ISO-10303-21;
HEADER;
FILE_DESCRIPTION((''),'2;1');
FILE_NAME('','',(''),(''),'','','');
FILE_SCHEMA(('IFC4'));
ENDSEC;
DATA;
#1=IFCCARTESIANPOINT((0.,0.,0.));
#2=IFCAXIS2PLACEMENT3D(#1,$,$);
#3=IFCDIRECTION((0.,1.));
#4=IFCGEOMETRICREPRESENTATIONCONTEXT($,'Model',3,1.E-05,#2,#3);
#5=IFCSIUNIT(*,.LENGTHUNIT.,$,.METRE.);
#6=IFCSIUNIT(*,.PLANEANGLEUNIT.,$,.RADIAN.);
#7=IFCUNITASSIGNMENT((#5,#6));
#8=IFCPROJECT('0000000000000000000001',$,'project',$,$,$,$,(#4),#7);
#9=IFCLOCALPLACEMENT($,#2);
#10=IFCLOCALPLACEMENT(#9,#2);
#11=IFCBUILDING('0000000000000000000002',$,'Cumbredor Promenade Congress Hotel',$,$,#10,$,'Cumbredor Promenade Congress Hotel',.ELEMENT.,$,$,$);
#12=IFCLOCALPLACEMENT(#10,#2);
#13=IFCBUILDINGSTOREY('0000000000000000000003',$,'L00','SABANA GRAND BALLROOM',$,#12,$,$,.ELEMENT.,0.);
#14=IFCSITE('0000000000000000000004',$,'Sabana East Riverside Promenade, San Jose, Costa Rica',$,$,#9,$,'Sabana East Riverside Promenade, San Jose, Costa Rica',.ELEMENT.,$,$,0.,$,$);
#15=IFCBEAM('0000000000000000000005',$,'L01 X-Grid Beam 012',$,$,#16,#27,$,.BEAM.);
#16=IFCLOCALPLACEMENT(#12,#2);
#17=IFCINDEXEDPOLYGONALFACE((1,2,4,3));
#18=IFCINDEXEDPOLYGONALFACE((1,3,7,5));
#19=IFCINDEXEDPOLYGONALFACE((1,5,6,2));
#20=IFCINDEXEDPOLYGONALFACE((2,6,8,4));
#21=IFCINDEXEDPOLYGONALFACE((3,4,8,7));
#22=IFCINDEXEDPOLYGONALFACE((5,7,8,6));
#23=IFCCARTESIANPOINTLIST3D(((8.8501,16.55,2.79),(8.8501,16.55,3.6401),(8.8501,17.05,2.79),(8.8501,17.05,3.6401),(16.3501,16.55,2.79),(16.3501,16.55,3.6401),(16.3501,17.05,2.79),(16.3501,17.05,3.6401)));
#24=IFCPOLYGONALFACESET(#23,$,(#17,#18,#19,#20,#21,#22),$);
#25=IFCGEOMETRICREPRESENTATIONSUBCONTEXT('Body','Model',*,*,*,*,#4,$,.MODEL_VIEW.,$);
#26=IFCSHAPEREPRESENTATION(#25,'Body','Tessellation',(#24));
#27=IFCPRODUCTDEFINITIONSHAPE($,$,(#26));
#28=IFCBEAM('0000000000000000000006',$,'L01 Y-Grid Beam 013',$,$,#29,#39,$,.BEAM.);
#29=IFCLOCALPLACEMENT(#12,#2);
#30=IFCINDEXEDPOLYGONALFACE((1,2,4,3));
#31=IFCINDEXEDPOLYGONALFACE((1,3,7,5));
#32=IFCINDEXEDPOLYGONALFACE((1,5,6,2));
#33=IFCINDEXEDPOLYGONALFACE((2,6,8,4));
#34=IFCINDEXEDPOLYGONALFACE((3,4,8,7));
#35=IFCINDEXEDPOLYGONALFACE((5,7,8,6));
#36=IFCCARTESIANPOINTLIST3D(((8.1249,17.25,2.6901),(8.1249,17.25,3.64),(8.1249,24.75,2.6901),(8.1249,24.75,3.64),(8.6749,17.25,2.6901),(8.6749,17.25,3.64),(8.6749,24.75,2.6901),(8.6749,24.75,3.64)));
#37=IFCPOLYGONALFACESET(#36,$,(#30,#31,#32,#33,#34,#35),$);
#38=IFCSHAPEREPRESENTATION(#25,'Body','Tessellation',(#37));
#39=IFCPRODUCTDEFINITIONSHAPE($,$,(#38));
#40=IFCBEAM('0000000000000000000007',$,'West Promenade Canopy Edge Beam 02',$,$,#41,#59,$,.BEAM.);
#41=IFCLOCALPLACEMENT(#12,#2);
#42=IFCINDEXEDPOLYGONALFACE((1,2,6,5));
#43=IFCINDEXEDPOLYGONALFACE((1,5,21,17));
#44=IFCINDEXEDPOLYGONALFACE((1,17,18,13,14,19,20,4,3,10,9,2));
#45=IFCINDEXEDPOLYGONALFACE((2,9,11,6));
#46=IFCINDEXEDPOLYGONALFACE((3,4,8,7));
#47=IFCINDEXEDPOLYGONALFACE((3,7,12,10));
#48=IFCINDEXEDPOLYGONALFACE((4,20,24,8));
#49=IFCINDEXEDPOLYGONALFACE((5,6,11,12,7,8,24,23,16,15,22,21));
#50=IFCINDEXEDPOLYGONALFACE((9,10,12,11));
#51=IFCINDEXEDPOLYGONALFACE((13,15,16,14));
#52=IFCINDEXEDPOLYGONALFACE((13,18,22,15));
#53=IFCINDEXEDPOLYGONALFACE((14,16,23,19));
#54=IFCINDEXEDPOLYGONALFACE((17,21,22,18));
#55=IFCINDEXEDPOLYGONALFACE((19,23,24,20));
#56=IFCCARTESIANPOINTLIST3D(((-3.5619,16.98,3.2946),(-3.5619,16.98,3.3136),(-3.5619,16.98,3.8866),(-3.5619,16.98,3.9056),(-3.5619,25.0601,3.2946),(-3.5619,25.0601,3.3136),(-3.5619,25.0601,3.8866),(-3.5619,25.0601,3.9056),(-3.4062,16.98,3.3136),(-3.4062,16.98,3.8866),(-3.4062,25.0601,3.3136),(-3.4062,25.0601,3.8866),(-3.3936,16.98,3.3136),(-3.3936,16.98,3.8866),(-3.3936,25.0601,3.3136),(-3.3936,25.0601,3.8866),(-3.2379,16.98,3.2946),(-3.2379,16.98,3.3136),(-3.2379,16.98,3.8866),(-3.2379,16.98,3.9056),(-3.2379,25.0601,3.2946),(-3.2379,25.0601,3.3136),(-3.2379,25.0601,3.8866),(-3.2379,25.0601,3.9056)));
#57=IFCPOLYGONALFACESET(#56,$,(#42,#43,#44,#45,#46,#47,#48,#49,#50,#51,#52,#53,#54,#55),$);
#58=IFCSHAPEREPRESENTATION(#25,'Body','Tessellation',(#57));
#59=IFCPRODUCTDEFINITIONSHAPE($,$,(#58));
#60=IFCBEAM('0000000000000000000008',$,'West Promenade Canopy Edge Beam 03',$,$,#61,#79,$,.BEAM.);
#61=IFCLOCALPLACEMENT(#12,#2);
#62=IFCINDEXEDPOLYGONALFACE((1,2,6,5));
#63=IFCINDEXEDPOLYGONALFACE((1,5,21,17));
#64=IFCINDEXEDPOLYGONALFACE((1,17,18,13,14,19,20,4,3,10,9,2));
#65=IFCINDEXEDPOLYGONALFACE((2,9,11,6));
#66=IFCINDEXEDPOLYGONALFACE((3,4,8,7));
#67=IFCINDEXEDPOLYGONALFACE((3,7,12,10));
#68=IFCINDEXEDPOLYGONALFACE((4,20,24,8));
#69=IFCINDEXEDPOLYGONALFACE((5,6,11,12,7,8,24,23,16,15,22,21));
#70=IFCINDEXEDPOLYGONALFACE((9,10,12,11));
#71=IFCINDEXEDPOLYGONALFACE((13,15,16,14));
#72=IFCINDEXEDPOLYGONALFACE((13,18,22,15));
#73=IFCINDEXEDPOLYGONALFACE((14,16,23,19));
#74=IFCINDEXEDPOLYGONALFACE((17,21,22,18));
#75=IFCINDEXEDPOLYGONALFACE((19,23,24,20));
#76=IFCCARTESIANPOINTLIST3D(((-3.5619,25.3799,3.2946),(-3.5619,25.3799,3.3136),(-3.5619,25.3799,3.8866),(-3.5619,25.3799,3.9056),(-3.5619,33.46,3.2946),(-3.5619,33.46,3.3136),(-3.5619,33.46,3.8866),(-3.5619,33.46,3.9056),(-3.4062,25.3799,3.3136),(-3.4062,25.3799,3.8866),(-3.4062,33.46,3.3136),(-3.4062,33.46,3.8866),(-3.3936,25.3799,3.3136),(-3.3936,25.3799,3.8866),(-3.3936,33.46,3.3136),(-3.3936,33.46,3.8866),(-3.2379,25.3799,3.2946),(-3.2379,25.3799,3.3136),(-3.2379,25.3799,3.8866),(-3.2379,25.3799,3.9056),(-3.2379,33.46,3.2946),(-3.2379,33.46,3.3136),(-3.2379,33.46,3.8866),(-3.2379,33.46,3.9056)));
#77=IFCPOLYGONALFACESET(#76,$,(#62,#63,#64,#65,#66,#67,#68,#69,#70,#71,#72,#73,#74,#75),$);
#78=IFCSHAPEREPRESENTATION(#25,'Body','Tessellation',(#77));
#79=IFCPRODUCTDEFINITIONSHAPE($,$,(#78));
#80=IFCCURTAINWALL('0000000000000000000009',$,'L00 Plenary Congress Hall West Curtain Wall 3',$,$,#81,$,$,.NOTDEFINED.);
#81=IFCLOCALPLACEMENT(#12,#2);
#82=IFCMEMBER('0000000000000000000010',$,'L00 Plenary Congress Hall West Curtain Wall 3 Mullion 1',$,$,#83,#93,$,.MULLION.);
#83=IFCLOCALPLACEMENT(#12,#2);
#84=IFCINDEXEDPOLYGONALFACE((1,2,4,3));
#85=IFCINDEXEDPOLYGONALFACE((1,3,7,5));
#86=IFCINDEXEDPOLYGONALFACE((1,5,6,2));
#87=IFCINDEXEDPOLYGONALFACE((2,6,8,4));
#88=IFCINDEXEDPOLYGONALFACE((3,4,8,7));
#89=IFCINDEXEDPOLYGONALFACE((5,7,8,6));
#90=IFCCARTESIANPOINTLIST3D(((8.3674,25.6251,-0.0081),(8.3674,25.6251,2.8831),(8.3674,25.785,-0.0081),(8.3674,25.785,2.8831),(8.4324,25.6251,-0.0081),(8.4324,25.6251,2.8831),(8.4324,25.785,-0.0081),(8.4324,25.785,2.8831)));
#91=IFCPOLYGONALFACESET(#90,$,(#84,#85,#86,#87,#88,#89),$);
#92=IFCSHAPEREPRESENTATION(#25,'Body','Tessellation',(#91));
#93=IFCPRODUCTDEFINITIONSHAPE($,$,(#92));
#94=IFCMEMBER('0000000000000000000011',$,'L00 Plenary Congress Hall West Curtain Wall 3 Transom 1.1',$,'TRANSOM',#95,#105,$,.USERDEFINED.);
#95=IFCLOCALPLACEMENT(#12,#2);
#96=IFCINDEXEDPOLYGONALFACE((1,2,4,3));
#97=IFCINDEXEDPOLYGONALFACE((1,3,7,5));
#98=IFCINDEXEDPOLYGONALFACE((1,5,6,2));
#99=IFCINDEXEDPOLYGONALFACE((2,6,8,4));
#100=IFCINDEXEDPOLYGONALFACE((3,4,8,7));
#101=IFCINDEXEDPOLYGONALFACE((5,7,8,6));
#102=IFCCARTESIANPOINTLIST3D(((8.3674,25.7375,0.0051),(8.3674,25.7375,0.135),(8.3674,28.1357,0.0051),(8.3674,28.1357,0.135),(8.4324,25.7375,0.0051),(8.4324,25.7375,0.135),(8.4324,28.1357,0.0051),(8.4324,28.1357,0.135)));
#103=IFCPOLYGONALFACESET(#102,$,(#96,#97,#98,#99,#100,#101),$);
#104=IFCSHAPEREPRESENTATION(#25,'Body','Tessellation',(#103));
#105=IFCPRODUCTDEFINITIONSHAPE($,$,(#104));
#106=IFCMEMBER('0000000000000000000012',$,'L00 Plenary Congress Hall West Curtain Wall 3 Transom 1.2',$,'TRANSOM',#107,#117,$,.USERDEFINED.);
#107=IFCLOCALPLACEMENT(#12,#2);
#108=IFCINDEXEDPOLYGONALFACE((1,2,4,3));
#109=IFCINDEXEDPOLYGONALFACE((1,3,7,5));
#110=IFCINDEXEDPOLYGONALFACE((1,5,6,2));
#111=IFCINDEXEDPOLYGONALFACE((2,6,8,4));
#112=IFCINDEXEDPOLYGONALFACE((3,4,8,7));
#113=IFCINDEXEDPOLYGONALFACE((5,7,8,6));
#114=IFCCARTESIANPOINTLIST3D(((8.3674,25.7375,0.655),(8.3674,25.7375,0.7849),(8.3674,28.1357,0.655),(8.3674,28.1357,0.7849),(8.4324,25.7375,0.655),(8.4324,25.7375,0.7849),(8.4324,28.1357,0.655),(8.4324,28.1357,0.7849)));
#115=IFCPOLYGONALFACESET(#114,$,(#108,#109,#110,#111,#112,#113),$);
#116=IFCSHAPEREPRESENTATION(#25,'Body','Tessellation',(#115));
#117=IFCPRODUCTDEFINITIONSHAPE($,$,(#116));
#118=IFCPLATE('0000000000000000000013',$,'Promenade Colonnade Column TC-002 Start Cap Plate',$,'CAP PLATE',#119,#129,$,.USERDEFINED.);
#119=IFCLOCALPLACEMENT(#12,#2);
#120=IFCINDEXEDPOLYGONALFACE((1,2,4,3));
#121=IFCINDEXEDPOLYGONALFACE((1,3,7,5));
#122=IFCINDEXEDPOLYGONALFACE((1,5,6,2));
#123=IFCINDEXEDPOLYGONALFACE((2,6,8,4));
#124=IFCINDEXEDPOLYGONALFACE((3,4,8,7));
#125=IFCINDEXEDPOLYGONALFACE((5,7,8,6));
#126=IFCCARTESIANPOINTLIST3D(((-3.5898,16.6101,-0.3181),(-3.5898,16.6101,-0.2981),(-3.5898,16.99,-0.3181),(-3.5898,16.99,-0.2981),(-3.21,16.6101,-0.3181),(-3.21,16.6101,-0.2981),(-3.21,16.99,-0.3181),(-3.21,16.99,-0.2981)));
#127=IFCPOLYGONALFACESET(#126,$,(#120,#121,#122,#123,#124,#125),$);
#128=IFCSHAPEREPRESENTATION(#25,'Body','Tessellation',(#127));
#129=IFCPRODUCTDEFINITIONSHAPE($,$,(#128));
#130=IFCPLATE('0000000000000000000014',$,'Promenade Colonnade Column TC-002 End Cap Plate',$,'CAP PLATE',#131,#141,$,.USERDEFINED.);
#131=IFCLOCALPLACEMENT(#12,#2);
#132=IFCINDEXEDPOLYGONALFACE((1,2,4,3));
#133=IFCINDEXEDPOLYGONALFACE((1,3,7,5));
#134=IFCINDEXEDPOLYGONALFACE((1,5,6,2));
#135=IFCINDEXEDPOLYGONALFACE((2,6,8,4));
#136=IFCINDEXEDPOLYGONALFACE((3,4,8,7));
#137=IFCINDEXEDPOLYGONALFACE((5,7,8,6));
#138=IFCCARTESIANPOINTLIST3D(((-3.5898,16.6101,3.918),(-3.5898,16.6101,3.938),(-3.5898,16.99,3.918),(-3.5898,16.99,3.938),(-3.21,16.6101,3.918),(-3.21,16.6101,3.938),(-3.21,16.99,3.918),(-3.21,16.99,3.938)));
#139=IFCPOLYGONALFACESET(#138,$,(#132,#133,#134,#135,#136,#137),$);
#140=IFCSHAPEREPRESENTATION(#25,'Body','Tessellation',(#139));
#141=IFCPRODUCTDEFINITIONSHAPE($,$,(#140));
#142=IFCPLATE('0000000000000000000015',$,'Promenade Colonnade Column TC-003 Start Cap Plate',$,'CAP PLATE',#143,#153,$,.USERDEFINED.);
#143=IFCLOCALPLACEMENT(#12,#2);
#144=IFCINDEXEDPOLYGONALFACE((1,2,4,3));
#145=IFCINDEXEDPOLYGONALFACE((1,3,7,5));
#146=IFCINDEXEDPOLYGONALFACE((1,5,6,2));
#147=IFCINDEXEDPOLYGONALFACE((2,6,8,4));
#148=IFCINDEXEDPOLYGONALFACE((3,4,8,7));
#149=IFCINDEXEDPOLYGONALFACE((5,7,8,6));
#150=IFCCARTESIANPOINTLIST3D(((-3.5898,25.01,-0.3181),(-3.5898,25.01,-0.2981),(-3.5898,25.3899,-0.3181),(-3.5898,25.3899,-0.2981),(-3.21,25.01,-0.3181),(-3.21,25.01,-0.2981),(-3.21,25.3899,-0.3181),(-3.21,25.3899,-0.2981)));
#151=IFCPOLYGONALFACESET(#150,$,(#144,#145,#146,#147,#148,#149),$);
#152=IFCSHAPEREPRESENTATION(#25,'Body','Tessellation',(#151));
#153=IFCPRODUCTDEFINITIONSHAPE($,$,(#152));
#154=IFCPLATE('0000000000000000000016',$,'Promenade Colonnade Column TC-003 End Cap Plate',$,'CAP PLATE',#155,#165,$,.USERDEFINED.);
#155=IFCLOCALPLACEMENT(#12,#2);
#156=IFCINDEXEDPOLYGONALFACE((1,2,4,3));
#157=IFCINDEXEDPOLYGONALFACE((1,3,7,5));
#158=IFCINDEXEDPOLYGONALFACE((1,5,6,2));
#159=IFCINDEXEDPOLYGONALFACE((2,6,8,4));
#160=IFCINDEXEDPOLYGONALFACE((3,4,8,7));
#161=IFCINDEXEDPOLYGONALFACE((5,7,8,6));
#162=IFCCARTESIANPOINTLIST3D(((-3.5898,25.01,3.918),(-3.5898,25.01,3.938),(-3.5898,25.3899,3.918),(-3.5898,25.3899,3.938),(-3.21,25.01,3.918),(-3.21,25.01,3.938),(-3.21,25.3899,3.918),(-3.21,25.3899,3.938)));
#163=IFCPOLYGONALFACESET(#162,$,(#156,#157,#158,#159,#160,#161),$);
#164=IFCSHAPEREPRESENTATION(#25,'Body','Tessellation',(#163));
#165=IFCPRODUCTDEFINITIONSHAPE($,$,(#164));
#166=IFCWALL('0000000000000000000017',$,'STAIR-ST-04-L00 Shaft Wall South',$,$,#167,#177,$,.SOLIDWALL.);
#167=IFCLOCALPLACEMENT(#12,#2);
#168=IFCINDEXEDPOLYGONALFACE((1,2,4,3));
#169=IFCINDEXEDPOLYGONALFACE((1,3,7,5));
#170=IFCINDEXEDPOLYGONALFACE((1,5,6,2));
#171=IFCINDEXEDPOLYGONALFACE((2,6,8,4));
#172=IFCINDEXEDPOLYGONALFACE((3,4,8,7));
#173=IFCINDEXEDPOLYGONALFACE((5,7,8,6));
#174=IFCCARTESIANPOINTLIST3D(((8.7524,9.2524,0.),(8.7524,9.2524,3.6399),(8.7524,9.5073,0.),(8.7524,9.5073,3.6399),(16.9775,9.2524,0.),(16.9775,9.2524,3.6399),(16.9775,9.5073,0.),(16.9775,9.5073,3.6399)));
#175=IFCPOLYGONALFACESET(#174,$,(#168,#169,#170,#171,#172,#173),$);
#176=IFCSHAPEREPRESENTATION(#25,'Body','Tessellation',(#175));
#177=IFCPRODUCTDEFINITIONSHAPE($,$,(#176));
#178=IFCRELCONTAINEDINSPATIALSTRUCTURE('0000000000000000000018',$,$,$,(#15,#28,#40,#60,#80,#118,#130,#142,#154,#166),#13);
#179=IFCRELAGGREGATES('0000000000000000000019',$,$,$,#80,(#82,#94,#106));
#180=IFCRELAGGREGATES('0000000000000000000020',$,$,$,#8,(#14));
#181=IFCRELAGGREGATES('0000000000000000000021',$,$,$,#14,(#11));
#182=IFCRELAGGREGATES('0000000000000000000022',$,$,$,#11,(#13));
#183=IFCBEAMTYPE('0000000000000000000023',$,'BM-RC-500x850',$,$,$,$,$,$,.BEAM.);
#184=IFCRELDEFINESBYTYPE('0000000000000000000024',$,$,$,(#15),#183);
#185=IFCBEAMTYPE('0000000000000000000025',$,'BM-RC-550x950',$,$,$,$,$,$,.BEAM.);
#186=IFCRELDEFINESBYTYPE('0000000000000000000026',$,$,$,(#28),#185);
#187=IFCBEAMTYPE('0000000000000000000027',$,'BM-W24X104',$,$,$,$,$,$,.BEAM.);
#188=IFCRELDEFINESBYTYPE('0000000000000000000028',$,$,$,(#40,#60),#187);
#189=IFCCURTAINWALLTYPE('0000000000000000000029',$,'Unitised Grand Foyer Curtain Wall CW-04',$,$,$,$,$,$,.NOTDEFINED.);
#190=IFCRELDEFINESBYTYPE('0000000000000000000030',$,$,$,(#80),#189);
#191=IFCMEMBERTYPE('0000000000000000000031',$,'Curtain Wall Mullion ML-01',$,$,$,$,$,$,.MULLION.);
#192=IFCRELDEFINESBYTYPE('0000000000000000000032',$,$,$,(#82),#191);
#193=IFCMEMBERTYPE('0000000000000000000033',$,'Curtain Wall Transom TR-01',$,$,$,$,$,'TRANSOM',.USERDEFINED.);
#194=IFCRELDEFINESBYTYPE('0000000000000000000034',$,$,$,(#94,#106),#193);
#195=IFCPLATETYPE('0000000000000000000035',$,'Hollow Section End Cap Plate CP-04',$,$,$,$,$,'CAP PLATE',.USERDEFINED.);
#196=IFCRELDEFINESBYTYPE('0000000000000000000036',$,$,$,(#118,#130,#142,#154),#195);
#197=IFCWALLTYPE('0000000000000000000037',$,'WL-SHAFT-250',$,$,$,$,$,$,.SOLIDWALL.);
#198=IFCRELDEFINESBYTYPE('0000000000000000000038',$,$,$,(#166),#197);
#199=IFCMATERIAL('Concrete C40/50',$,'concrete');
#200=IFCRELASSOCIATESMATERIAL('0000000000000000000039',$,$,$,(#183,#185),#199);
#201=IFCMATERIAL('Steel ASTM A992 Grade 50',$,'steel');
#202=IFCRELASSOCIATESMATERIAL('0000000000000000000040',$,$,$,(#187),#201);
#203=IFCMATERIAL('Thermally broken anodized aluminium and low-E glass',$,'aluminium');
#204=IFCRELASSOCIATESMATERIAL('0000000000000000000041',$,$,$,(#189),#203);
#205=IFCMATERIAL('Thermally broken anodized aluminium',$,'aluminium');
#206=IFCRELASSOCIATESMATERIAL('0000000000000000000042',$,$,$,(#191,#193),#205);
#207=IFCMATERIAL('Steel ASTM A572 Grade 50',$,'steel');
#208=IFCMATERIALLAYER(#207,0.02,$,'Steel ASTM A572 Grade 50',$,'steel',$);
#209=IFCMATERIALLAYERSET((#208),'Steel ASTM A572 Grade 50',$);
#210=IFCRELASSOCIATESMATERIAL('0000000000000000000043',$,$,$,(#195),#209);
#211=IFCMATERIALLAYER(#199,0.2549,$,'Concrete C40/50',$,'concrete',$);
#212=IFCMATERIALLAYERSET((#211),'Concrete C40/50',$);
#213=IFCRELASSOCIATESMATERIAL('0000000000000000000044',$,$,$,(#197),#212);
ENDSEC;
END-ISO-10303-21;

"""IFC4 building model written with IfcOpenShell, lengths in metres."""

from ifc_helpers import new_model, si_unit, direction, frame, frame_2d, origin, origin_2d, place, context, subcontext, project, spatial, rectangle, i_section, extrude, material, layer, layer_set, material_profile, profile_set, type_object, element, aggregate, save


model = new_model("IFC4")

# Units and contexts
model_context = context("Model", 3, precision=1e-05, world=origin(), true_north=direction((0.0, 1.0)))
body_context = subcontext(model_context, "Body", "Model", "MODEL_VIEW")
ifc_project = project(units=[si_unit("LENGTHUNIT", "METRE"), si_unit("PLANEANGLEUNIT", "RADIAN")], contexts=[model_context])

# Site, building, storey
site_placement = place(None, origin())
site = spatial("IfcSite", under=ifc_project, at=site_placement, Name="Sabana East Riverside Promenade, San Jose, Costa Rica", LongName="Sabana East Riverside Promenade, San Jose, Costa Rica", CompositionType="ELEMENT", RefElevation=0.0)
building_placement = place(site_placement, origin())
building = spatial("IfcBuilding", under=site, at=building_placement, Name="Cumbredor Promenade Congress Hotel", LongName="Cumbredor Promenade Congress Hotel", CompositionType="ELEMENT")
storey_placement = place(building_placement, origin())
storey = spatial("IfcBuildingStorey", under=building, at=storey_placement, Name="L00", Description="SABANA GRAND BALLROOM", CompositionType="ELEMENT", Elevation=0.0)

# Beams
ifc_material_1 = material(Name="Concrete C40/50", Category="concrete")
ifc_material_profile_1 = material_profile(ifc_material_1, rectangle(XDim=0.5, YDim=0.8501, at=origin_2d()), Name="RC BEAM 500x850")
ifc_profile_set_1 = profile_set([ifc_material_profile_1], Name="Concrete C40/50")
beam_type_1 = type_object("IfcBeamType", Name="BM-RC-500x850", PredefinedType="BEAM", material=ifc_profile_set_1)
beam_1_placement = place(storey_placement, frame((8.8501, 16.8, 3.2151), z_axis=(1.0, 0.0, 0.0), x_axis=(0.0, 1.0, 0.0)))
element("IfcBeam", 1, at=beam_1_placement, inside=storey, type_object=beam_type_1, Name="L01 X-Grid Beam 012", PredefinedType="BEAM", context=body_context, shape_type="SweptSolid", body=[
    extrude(rectangle(XDim=0.5, YDim=0.8501, at=origin_2d()), origin(), (0.0, 0.0, 1.0), 7.5),
])
ifc_material_profile_2 = material_profile(ifc_material_1, rectangle(XDim=0.55, YDim=0.95, at=origin_2d()), Name="RC BEAM 550x950")
ifc_profile_set_2 = profile_set([ifc_material_profile_2], Name="Concrete C40/50")
beam_type_2 = type_object("IfcBeamType", Name="BM-RC-550x950", PredefinedType="BEAM", material=ifc_profile_set_2)
beam_2_placement = place(storey_placement, frame((8.3999, 17.25, 3.165), z_axis=(0.0, 1.0, 0.0), x_axis=(-1.0, 0.0, 0.0)))
element("IfcBeam", 2, at=beam_2_placement, inside=storey, type_object=beam_type_2, Name="L01 Y-Grid Beam 013", PredefinedType="BEAM", context=body_context, shape_type="SweptSolid", body=[
    extrude(rectangle(XDim=0.55, YDim=0.95, at=origin_2d()), origin(), (0.0, 0.0, 1.0), 7.5),
])
ifc_material_2 = material(Name="Steel ASTM A992 Grade 50", Category="steel")
ifc_material_profile_3 = material_profile(ifc_material_2, i_section(OverallWidth=0.324, OverallDepth=0.6111, WebThickness=0.0127, FlangeThickness=0.019, at=origin_2d()), Name="W24X104")
ifc_profile_set_3 = profile_set([ifc_material_profile_3], Name="Steel ASTM A992 Grade 50")
beam_type_3 = type_object("IfcBeamType", Name="BM-W24X104", PredefinedType="BEAM", material=ifc_profile_set_3)
for number, where, z_axis, x_axis, name in (
    (3, (-3.3999, 16.98, 3.6001), (0.0, 1.0, 0.0), (-1.0, 0.0, 0.0), "West Promenade Canopy Edge Beam 02"),
    (4, (-3.3999, 25.3799, 3.6001), (0.0, 1.0, 0.0), (-1.0, 0.0, 0.0), "West Promenade Canopy Edge Beam 03"),
):
    element("IfcBeam", number, at=place(storey_placement, frame(where, z_axis=z_axis, x_axis=x_axis)), inside=storey, type_object=beam_type_3, Name=name, PredefinedType="BEAM", context=body_context, shape_type="SweptSolid", body=[
        extrude(i_section(OverallWidth=0.324, OverallDepth=0.6111, WebThickness=0.0127, FlangeThickness=0.019, at=origin_2d()), origin(), (0.0, 0.0, 1.0), 8.0801),
    ])

# Curtain wall, members
ifc_material_3 = material(Name="Thermally broken anodized aluminium and low-E glass", Category="aluminium")
curtain_wall_type = type_object("IfcCurtainWallType", Name="Unitised Grand Foyer Curtain Wall CW-04", PredefinedType="NOTDEFINED", material=ifc_material_3)
curtain_wall_placement = place(storey_placement, origin())
curtain_wall = element("IfcCurtainWall", 5, at=curtain_wall_placement, inside=storey, type_object=curtain_wall_type, Name="L00 Plenary Congress Hall West Curtain Wall 3", PredefinedType="NOTDEFINED")
ifc_material_4 = material(Name="Thermally broken anodized aluminium", Category="aluminium")
ifc_material_profile_4 = material_profile(ifc_material_4, rectangle(XDim=0.0649, YDim=0.1599, at=origin_2d()), Name="ALU MULLION 65x160")
ifc_profile_set_4 = profile_set([ifc_material_profile_4], Name="Thermally broken anodized aluminium")
member_type_1 = type_object("IfcMemberType", Name="Curtain Wall Mullion ML-01", PredefinedType="MULLION", material=ifc_profile_set_4)
member_1_placement = place(storey_placement, frame((8.3999, 25.7051, -0.0081), z_axis=(0.0, 0.0, 1.0), x_axis=(1.0, 0.0, 0.0)))
member_1 = element("IfcMember", 6, at=member_1_placement, type_object=member_type_1, Name="L00 Plenary Congress Hall West Curtain Wall 3 Mullion 1", PredefinedType="MULLION", context=body_context, shape_type="SweptSolid", body=[
    extrude(rectangle(XDim=0.0649, YDim=0.1599, at=origin_2d()), origin(), (0.0, 0.0, 1.0), 2.8911),
])
ifc_material_profile_5 = material_profile(ifc_material_4, rectangle(XDim=0.0649, YDim=0.1299, at=origin_2d()), Name="ALU TRANSOM 65x130")
ifc_profile_set_5 = profile_set([ifc_material_profile_5], Name="Thermally broken anodized aluminium")
member_type_2 = type_object("IfcMemberType", Name="Curtain Wall Transom TR-01", ElementType="TRANSOM", PredefinedType="USERDEFINED", material=ifc_profile_set_5)
member_2_placement = place(storey_placement, frame((8.3999, 25.7375, 0.0701), z_axis=(0.0, 1.0, 0.0), x_axis=(-1.0, 0.0, 0.0)))
member_2 = element("IfcMember", 7, at=member_2_placement, type_object=member_type_2, Name="L00 Plenary Congress Hall West Curtain Wall 3 Transom 1.1", ObjectType="TRANSOM", PredefinedType="USERDEFINED", context=body_context, shape_type="SweptSolid", body=[
    extrude(rectangle(XDim=0.0649, YDim=0.1299, at=origin_2d()), origin(), (0.0, 0.0, 1.0), 2.3982),
])
member_3_placement = place(storey_placement, frame((8.3999, 25.7375, 0.72), z_axis=(0.0, 1.0, 0.0), x_axis=(-1.0, 0.0, 0.0)))
member_3 = element("IfcMember", 8, at=member_3_placement, type_object=member_type_2, Name="L00 Plenary Congress Hall West Curtain Wall 3 Transom 1.2", ObjectType="TRANSOM", PredefinedType="USERDEFINED", context=body_context, shape_type="SweptSolid", body=[
    extrude(rectangle(XDim=0.0649, YDim=0.1299, at=origin_2d()), origin(), (0.0, 0.0, 1.0), 2.3982),
])
aggregate(curtain_wall, [member_1, member_2, member_3])

# Plates
ifc_material_5 = material(Name="Steel ASTM A572 Grade 50", Category="steel")
ifc_layer_1 = layer(ifc_material_5, 0.02, Name="Steel ASTM A572 Grade 50", Category="steel")
ifc_layer_set_1 = layer_set([ifc_layer_1], Name="Steel ASTM A572 Grade 50")
plate_type = type_object("IfcPlateType", Name="Hollow Section End Cap Plate CP-04", ElementType="CAP PLATE", PredefinedType="USERDEFINED", material=ifc_layer_set_1)
for number, where, z_axis, x_axis, name in (
    (9, (-3.3999, 16.8, -0.3181), (0.0, 0.0, 1.0), (1.0, 0.0, 0.0), "Promenade Colonnade Column TC-002 Start Cap Plate"),
    (10, (-3.3999, 16.8, 3.918), (0.0, 0.0, 1.0), (1.0, 0.0, 0.0), "Promenade Colonnade Column TC-002 End Cap Plate"),
    (11, (-3.3999, 25.2, -0.3181), (0.0, 0.0, 1.0), (1.0, 0.0, 0.0), "Promenade Colonnade Column TC-003 Start Cap Plate"),
    (12, (-3.3999, 25.2, 3.918), (0.0, 0.0, 1.0), (1.0, 0.0, 0.0), "Promenade Colonnade Column TC-003 End Cap Plate"),
):
    element("IfcPlate", number, at=place(storey_placement, frame(where, z_axis=z_axis, x_axis=x_axis)), inside=storey, type_object=plate_type, Name=name, ObjectType="CAP PLATE", PredefinedType="USERDEFINED", context=body_context, shape_type="SweptSolid", body=[
        extrude(rectangle(XDim=0.3799, YDim=0.3799, at=origin_2d()), origin(), (0.0, 0.0, 1.0), 0.02),
    ])

# Wall
ifc_layer_2 = layer(ifc_material_1, 0.2549, Name="Concrete C40/50", Category="concrete")
ifc_layer_set_2 = layer_set([ifc_layer_2], Name="Concrete C40/50")
wall_type_1 = type_object("IfcWallType", Name="WL-SHAFT-250", PredefinedType="SOLIDWALL", material=ifc_layer_set_2)
wall_1_placement = place(storey_placement, frame((8.7524, 9.3799, 0.0), z_axis=(0.0, 0.0, 1.0), x_axis=(1.0, 0.0, 0.0)))
element("IfcWall", 13, at=wall_1_placement, inside=storey, type_object=wall_type_1, Name="STAIR-ST-04-L00 Shaft Wall South", PredefinedType="SOLIDWALL", context=body_context, shape_type="SweptSolid", body=[
    extrude(rectangle(XDim=8.2251, YDim=0.2549, at=frame_2d((4.1125, 0.0))), origin(), (0.0, 0.0, 1.0), 3.6399),
])

save(model, "model.ifc")
